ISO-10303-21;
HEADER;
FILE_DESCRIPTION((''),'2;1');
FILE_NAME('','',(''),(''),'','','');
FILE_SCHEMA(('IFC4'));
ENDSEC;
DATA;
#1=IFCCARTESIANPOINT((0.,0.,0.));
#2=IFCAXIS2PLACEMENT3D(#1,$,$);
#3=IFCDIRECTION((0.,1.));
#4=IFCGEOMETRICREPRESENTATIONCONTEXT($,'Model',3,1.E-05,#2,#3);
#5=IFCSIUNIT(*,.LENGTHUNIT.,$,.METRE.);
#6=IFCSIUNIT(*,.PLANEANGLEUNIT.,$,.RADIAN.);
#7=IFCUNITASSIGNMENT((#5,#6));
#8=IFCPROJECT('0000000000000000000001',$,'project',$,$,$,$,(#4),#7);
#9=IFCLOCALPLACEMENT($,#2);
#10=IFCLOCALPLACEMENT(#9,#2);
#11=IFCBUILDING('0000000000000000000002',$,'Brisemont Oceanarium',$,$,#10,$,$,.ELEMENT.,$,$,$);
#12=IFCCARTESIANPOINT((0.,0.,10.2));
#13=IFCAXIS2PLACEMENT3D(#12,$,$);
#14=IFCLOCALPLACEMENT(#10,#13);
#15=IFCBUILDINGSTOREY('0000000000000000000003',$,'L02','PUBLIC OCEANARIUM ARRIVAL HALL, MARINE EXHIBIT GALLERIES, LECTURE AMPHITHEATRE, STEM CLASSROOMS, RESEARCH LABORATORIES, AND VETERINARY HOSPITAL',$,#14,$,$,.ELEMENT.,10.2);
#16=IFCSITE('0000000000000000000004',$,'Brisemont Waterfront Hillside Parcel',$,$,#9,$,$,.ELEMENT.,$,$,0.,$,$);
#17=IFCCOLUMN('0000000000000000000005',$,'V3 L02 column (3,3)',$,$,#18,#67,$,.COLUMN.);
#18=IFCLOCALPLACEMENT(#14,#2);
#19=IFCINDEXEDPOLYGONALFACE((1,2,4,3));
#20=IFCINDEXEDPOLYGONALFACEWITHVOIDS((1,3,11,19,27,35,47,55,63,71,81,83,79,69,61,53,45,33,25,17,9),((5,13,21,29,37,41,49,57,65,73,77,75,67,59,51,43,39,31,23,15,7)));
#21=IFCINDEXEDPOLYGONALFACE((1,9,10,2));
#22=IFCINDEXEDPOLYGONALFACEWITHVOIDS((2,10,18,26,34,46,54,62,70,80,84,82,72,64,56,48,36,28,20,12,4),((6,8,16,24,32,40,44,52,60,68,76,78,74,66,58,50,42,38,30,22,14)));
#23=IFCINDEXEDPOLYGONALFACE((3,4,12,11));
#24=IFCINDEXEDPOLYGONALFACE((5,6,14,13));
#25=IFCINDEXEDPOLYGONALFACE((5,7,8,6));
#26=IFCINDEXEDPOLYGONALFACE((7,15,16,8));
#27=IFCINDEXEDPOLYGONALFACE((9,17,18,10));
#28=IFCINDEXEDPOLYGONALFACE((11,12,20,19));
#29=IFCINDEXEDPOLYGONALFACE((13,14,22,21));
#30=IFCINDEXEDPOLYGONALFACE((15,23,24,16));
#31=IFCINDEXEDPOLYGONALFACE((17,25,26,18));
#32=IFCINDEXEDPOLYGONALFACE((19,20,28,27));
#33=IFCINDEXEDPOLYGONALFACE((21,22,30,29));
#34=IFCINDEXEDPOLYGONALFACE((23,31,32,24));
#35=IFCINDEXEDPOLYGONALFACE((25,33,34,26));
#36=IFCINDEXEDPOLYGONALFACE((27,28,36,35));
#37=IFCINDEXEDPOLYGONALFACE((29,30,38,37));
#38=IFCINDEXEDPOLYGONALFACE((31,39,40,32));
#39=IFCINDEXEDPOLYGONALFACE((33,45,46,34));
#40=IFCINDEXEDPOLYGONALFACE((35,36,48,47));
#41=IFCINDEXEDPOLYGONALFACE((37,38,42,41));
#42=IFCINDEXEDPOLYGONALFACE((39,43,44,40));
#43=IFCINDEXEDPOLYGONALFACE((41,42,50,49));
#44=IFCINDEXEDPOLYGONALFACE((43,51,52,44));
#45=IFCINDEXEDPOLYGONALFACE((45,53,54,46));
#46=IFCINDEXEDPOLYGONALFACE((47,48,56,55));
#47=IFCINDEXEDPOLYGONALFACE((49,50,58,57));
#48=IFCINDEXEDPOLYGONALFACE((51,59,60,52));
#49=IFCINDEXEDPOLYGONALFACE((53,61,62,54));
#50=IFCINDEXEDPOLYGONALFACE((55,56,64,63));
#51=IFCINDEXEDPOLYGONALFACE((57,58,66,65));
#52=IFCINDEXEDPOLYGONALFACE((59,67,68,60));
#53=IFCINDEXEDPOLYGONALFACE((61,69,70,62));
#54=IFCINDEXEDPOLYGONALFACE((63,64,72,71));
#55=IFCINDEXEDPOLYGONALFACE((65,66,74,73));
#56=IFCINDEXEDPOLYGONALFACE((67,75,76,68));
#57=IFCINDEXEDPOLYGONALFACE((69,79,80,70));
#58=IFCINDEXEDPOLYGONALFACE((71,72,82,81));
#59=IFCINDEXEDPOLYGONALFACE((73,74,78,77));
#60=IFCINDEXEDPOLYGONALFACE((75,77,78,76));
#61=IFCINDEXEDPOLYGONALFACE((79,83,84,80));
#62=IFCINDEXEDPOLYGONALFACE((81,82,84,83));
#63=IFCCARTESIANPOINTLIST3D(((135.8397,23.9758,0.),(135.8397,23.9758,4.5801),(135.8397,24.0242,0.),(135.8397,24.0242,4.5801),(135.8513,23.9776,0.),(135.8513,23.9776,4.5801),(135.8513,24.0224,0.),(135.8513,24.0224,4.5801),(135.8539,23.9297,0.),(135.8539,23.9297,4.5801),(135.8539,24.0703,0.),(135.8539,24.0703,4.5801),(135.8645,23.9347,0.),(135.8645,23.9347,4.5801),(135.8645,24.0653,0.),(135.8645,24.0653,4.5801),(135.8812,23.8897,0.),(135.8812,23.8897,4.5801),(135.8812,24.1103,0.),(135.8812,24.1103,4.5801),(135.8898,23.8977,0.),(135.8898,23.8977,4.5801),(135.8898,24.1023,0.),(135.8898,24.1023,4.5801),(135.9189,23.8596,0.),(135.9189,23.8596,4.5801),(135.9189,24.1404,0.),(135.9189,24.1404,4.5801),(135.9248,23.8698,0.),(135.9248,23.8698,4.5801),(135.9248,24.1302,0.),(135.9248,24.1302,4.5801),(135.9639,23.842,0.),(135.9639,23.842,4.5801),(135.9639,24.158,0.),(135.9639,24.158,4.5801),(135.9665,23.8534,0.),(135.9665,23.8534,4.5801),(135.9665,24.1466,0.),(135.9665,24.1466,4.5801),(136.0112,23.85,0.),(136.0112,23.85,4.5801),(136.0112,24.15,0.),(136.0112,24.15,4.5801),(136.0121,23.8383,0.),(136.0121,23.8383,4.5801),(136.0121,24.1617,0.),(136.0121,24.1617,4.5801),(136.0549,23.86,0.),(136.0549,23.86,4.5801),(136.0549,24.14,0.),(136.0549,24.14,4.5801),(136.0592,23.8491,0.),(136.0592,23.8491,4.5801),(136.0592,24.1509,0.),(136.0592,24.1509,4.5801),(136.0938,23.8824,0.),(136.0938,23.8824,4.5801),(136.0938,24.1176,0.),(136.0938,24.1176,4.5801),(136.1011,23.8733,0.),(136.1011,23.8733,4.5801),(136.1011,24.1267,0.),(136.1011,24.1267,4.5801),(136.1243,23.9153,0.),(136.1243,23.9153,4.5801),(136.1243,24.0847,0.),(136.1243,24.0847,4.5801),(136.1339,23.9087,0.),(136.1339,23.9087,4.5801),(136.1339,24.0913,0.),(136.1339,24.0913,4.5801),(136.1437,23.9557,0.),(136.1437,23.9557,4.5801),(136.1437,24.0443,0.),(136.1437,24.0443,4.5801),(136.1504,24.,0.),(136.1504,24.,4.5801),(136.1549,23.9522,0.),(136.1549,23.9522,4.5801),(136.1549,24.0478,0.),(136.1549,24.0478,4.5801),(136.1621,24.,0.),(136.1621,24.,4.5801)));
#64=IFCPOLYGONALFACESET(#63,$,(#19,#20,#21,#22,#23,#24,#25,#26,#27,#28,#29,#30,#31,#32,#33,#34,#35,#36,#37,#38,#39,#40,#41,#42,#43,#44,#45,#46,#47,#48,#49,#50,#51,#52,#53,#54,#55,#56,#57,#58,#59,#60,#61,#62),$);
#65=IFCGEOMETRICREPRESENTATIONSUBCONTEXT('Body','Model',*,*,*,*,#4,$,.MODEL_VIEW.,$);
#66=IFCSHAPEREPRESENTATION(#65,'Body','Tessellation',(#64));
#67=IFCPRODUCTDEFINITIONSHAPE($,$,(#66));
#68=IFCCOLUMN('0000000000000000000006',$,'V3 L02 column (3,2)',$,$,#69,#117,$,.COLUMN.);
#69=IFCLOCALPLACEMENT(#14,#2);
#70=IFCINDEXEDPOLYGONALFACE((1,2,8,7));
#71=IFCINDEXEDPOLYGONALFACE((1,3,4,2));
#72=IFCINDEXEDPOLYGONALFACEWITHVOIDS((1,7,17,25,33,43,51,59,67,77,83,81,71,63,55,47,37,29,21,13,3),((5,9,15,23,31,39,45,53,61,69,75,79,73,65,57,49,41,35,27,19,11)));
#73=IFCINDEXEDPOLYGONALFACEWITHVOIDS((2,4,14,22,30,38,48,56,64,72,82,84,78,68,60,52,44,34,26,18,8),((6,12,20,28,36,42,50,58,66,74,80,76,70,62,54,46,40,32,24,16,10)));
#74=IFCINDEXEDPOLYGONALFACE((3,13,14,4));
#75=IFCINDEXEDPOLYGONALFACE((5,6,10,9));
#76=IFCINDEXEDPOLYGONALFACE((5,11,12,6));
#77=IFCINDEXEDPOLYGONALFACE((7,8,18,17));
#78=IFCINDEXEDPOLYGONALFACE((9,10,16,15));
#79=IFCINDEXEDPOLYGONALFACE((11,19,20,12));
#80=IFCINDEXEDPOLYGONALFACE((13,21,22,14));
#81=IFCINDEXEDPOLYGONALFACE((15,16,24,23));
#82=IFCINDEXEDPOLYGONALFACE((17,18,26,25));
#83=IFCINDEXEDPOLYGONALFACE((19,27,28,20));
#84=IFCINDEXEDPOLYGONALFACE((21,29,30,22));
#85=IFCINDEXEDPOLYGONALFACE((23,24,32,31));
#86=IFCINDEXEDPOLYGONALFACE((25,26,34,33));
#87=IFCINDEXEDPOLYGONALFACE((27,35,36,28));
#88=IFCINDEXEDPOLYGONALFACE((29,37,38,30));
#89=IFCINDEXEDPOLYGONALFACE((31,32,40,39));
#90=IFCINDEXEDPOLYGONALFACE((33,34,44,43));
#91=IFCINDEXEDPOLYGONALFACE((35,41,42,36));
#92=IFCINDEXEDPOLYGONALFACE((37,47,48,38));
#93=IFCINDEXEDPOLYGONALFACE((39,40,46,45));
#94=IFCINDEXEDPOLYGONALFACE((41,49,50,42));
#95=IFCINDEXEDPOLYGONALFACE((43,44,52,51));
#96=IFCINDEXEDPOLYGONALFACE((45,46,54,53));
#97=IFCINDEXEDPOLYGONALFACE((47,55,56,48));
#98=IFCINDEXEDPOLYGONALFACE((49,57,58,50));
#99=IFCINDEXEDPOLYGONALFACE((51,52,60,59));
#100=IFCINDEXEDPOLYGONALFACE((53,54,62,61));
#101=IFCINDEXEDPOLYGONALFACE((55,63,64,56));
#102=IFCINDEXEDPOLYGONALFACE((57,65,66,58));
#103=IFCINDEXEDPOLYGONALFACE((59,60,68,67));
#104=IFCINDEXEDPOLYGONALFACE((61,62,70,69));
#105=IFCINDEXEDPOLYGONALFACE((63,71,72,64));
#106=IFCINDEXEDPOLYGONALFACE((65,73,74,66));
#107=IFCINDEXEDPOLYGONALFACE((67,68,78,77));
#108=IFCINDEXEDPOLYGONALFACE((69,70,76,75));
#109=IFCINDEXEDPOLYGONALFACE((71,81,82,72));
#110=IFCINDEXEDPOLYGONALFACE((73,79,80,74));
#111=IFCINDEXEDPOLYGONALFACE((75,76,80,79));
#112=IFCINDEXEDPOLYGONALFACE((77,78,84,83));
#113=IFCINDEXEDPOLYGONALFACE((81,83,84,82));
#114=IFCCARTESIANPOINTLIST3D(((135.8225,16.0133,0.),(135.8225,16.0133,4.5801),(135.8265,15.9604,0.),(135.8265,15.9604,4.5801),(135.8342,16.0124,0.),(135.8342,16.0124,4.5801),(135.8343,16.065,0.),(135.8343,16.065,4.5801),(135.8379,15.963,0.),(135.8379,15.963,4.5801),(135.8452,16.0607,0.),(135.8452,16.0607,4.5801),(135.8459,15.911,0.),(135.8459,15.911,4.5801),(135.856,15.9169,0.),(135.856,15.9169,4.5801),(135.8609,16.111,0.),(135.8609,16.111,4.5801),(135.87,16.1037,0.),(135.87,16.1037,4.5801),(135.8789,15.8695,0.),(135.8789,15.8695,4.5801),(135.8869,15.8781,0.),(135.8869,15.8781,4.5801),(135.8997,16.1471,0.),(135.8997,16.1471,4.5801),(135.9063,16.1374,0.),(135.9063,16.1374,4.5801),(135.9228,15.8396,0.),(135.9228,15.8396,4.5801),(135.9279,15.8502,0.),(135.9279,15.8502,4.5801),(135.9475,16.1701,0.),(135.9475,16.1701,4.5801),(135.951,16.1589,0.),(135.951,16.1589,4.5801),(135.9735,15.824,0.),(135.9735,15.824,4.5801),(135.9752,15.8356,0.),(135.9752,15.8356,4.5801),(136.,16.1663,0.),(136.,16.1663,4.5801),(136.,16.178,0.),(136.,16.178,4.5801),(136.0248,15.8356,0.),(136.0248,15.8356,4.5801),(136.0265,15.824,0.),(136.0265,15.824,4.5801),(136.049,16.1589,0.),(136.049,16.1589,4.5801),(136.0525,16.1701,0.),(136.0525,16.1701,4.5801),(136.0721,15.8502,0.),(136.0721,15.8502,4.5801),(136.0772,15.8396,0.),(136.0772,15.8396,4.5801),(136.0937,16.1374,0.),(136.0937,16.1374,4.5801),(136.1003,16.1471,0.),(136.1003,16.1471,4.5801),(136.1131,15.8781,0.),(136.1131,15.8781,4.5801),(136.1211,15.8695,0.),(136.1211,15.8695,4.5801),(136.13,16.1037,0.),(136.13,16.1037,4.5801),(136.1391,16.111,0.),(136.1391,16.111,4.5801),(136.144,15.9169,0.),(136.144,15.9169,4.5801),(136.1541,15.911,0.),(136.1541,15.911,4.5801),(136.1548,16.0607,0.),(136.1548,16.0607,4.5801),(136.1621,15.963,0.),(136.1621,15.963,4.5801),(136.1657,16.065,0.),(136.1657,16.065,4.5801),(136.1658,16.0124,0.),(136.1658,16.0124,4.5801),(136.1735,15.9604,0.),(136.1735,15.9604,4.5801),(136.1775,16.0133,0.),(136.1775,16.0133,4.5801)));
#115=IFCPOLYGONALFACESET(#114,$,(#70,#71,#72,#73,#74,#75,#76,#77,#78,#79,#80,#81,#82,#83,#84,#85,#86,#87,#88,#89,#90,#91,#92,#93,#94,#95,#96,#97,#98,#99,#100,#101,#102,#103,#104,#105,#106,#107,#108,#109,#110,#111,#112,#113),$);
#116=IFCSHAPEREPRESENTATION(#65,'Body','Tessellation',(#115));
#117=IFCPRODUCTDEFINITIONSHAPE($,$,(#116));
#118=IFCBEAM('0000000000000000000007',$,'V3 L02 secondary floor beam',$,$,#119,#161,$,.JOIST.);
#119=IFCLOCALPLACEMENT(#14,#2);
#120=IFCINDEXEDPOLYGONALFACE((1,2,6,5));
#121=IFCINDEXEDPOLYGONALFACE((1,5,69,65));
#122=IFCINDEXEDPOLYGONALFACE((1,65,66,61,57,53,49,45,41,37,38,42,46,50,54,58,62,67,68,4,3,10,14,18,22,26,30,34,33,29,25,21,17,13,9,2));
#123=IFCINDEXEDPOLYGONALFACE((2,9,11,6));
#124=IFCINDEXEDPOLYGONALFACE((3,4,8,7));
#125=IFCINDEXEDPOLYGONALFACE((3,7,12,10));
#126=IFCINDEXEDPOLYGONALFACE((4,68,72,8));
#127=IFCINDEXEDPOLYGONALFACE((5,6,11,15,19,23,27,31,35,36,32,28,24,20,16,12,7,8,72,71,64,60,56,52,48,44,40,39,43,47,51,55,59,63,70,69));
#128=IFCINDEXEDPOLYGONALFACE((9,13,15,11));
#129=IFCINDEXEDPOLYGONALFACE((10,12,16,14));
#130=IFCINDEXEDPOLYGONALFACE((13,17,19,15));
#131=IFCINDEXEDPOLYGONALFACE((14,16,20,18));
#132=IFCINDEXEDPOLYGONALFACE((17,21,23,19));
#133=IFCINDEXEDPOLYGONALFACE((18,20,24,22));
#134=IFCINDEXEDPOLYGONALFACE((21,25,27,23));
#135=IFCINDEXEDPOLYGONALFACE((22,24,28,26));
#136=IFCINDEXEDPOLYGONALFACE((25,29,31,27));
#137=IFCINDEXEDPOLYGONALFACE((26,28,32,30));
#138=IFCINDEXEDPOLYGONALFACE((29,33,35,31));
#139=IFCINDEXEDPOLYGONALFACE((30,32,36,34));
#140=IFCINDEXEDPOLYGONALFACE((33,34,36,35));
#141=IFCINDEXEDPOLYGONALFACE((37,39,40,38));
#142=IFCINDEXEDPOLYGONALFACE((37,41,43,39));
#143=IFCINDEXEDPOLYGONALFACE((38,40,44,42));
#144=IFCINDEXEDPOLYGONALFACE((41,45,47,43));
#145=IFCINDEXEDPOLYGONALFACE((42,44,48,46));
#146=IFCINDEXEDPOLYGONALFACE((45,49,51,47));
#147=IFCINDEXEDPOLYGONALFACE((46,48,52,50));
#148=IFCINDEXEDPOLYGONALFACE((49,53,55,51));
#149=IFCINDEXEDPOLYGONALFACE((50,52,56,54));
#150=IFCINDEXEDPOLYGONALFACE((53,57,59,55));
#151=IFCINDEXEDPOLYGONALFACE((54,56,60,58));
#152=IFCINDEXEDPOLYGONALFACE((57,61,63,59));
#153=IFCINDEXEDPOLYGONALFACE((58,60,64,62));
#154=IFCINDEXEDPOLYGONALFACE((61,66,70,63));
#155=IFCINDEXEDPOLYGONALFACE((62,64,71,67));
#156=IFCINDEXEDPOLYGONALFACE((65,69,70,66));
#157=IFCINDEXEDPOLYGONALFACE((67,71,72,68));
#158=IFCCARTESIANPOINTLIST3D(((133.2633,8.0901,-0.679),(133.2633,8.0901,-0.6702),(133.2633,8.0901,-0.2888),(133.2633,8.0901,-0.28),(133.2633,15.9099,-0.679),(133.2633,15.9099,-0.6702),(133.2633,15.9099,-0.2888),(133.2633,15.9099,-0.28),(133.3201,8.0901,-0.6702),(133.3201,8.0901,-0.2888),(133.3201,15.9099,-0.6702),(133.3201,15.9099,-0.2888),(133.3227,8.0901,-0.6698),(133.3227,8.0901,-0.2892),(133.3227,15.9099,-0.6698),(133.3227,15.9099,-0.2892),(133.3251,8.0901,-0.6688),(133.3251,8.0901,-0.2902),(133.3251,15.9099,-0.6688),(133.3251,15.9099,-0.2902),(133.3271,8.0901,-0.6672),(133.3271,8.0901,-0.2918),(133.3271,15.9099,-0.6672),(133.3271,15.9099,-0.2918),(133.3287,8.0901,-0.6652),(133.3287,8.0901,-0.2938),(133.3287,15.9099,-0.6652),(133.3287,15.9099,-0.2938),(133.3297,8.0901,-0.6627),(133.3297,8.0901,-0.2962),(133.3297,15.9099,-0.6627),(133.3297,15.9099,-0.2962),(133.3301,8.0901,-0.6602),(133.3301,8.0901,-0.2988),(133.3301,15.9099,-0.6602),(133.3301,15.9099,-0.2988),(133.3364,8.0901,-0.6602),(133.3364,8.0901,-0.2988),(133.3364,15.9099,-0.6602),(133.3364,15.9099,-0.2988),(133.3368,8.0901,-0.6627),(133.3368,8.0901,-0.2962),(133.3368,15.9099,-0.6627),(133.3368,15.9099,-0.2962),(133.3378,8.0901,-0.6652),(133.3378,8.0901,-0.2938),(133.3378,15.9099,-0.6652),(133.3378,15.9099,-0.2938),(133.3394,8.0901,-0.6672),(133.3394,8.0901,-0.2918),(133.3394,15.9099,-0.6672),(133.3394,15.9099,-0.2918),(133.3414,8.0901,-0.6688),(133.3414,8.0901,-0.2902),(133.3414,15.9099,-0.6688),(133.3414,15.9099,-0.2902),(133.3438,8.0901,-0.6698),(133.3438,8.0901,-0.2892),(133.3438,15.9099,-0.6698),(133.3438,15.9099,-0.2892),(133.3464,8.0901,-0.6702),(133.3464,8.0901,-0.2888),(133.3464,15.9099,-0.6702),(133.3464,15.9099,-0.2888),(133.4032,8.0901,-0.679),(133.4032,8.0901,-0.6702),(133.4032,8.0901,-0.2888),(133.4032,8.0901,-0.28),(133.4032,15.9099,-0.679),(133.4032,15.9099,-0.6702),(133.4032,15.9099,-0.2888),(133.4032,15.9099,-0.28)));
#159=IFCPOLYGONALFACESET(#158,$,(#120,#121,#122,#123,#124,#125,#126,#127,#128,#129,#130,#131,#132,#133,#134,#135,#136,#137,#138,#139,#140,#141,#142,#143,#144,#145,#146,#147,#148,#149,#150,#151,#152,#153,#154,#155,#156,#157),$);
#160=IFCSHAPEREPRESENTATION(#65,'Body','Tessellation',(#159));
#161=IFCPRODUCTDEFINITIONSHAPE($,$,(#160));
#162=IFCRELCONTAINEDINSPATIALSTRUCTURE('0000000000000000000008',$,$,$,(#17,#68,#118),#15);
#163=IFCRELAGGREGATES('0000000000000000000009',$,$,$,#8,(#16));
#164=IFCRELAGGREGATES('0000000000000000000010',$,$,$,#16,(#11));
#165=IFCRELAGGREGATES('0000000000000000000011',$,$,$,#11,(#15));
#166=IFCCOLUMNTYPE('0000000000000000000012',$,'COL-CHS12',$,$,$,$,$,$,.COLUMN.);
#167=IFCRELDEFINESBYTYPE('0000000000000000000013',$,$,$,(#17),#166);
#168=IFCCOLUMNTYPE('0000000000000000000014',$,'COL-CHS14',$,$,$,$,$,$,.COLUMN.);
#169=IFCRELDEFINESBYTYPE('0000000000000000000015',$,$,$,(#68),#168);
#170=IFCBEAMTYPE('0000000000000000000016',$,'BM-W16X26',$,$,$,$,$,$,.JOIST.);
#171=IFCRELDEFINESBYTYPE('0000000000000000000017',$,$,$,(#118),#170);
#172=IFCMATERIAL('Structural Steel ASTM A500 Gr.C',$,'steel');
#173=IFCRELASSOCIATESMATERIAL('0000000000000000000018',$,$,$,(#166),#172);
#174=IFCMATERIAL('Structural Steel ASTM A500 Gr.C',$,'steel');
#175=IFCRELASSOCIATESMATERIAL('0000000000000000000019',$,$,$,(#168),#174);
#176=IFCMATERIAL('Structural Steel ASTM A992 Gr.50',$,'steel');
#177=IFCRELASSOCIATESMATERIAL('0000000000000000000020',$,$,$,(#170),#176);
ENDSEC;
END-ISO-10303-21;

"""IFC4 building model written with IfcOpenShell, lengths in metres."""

from ifc_helpers import new_model, si_unit, direction, frame, origin, origin_2d, place, context, subcontext, project, spatial, hollow_circle, i_section, extrude, material, material_profile, profile_set, type_object, element, save


model = new_model("IFC4")

# Units and contexts
model_context = context("Model", 3, precision=1e-05, world=origin(), true_north=direction((0.0, 1.0)))
body_context = subcontext(model_context, "Body", "Model", "MODEL_VIEW")
ifc_project = project(units=[si_unit("LENGTHUNIT", "METRE"), si_unit("PLANEANGLEUNIT", "RADIAN")], contexts=[model_context])

# Site, building, storey
site_placement = place(None, origin())
site = spatial("IfcSite", under=ifc_project, at=site_placement, Name="Brisemont Waterfront Hillside Parcel", CompositionType="ELEMENT", RefElevation=0.0)
building_placement = place(site_placement, origin())
building = spatial("IfcBuilding", under=site, at=building_placement, Name="Brisemont Oceanarium", CompositionType="ELEMENT")
storey_placement = place(building_placement, frame((0.0, 0.0, 10.2)))
storey = spatial("IfcBuildingStorey", under=building, at=storey_placement, Name="L02", Description="PUBLIC OCEANARIUM ARRIVAL HALL, MARINE EXHIBIT GALLERIES, LECTURE AMPHITHEATRE, STEM CLASSROOMS, RESEARCH LABORATORIES, AND VETERINARY HOSPITAL", CompositionType="ELEMENT", Elevation=10.2)

# Columns
ifc_material_1 = material(Name="Structural Steel ASTM A500 Gr.C", Category="steel")
ifc_material_profile_1 = material_profile(ifc_material_1, hollow_circle(Radius=0.1621, WallThickness=0.0117, at=origin_2d()), Name="HSS12.750X0.500")
ifc_profile_set_1 = profile_set([ifc_material_profile_1], Name="Structural Steel ASTM A500 Gr.C")
column_type_1 = type_object("IfcColumnType", Name="COL-CHS12", PredefinedType="COLUMN", material=ifc_profile_set_1)
column_1_placement = place(storey_placement, frame((136.0, 24.0, 0.0), z_axis=(0.0, 0.0, 1.0), x_axis=(1.0, 0.0, 0.0)))
element("IfcColumn", 1, at=column_1_placement, inside=storey, type_object=column_type_1, Name="V3 L02 column (3,3)", PredefinedType="COLUMN", context=body_context, shape_type="SweptSolid", body=[
    extrude(hollow_circle(Radius=0.1621, WallThickness=0.0117, at=origin_2d()), origin(), (0.0, 0.0, 1.0), 4.5801),
])
ifc_material_2 = material(Name="Structural Steel ASTM A500 Gr.C", Category="steel")
ifc_material_profile_2 = material_profile(ifc_material_2, hollow_circle(Radius=0.178, WallThickness=0.0117, at=origin_2d()), Name="HSS14.000X0.500")
ifc_profile_set_2 = profile_set([ifc_material_profile_2], Name="Structural Steel ASTM A500 Gr.C")
column_type_2 = type_object("IfcColumnType", Name="COL-CHS14", PredefinedType="COLUMN", material=ifc_profile_set_2)
column_2_placement = place(storey_placement, frame((136.0, 16.0, 0.0), z_axis=(0.0, 0.0, 1.0), x_axis=(0.0, 1.0, 0.0)))
element("IfcColumn", 2, at=column_2_placement, inside=storey, type_object=column_type_2, Name="V3 L02 column (3,2)", PredefinedType="COLUMN", context=body_context, shape_type="SweptSolid", body=[
    extrude(hollow_circle(Radius=0.178, WallThickness=0.0117, at=origin_2d()), origin(), (0.0, 0.0, 1.0), 4.5801),
])

# Beam
ifc_material_3 = material(Name="Structural Steel ASTM A992 Gr.50", Category="steel")
ifc_material_profile_3 = material_profile(ifc_material_3, i_section(OverallWidth=0.1399, OverallDepth=0.3989, WebThickness=0.0063, FlangeThickness=0.0088, FilletRadius=0.01, at=origin_2d()), Name="W16X26")
ifc_profile_set_3 = profile_set([ifc_material_profile_3], Name="Structural Steel ASTM A992 Gr.50")
beam_type_1 = type_object("IfcBeamType", Name="BM-W16X26", PredefinedType="JOIST", material=ifc_profile_set_3)
for number, where, z_axis, x_axis, name in (
    (3, (133.3333, 8.0901, -0.4795), (0.0, 1.0, 0.0), (-1.0, 0.0, 0.0), "V3 L02 secondary floor beam"),
):
    element("IfcBeam", number, at=place(storey_placement, frame(where, z_axis=z_axis, x_axis=x_axis)), inside=storey, type_object=beam_type_1, Name=name, PredefinedType="JOIST", context=body_context, shape_type="SweptSolid", body=[
        extrude(i_section(OverallWidth=0.1399, OverallDepth=0.3989, WebThickness=0.0063, FlangeThickness=0.0088, FilletRadius=0.01, at=origin_2d()), origin(), (0.0, 0.0, 1.0), 7.8198),
    ])

save(model, "model.ifc")
